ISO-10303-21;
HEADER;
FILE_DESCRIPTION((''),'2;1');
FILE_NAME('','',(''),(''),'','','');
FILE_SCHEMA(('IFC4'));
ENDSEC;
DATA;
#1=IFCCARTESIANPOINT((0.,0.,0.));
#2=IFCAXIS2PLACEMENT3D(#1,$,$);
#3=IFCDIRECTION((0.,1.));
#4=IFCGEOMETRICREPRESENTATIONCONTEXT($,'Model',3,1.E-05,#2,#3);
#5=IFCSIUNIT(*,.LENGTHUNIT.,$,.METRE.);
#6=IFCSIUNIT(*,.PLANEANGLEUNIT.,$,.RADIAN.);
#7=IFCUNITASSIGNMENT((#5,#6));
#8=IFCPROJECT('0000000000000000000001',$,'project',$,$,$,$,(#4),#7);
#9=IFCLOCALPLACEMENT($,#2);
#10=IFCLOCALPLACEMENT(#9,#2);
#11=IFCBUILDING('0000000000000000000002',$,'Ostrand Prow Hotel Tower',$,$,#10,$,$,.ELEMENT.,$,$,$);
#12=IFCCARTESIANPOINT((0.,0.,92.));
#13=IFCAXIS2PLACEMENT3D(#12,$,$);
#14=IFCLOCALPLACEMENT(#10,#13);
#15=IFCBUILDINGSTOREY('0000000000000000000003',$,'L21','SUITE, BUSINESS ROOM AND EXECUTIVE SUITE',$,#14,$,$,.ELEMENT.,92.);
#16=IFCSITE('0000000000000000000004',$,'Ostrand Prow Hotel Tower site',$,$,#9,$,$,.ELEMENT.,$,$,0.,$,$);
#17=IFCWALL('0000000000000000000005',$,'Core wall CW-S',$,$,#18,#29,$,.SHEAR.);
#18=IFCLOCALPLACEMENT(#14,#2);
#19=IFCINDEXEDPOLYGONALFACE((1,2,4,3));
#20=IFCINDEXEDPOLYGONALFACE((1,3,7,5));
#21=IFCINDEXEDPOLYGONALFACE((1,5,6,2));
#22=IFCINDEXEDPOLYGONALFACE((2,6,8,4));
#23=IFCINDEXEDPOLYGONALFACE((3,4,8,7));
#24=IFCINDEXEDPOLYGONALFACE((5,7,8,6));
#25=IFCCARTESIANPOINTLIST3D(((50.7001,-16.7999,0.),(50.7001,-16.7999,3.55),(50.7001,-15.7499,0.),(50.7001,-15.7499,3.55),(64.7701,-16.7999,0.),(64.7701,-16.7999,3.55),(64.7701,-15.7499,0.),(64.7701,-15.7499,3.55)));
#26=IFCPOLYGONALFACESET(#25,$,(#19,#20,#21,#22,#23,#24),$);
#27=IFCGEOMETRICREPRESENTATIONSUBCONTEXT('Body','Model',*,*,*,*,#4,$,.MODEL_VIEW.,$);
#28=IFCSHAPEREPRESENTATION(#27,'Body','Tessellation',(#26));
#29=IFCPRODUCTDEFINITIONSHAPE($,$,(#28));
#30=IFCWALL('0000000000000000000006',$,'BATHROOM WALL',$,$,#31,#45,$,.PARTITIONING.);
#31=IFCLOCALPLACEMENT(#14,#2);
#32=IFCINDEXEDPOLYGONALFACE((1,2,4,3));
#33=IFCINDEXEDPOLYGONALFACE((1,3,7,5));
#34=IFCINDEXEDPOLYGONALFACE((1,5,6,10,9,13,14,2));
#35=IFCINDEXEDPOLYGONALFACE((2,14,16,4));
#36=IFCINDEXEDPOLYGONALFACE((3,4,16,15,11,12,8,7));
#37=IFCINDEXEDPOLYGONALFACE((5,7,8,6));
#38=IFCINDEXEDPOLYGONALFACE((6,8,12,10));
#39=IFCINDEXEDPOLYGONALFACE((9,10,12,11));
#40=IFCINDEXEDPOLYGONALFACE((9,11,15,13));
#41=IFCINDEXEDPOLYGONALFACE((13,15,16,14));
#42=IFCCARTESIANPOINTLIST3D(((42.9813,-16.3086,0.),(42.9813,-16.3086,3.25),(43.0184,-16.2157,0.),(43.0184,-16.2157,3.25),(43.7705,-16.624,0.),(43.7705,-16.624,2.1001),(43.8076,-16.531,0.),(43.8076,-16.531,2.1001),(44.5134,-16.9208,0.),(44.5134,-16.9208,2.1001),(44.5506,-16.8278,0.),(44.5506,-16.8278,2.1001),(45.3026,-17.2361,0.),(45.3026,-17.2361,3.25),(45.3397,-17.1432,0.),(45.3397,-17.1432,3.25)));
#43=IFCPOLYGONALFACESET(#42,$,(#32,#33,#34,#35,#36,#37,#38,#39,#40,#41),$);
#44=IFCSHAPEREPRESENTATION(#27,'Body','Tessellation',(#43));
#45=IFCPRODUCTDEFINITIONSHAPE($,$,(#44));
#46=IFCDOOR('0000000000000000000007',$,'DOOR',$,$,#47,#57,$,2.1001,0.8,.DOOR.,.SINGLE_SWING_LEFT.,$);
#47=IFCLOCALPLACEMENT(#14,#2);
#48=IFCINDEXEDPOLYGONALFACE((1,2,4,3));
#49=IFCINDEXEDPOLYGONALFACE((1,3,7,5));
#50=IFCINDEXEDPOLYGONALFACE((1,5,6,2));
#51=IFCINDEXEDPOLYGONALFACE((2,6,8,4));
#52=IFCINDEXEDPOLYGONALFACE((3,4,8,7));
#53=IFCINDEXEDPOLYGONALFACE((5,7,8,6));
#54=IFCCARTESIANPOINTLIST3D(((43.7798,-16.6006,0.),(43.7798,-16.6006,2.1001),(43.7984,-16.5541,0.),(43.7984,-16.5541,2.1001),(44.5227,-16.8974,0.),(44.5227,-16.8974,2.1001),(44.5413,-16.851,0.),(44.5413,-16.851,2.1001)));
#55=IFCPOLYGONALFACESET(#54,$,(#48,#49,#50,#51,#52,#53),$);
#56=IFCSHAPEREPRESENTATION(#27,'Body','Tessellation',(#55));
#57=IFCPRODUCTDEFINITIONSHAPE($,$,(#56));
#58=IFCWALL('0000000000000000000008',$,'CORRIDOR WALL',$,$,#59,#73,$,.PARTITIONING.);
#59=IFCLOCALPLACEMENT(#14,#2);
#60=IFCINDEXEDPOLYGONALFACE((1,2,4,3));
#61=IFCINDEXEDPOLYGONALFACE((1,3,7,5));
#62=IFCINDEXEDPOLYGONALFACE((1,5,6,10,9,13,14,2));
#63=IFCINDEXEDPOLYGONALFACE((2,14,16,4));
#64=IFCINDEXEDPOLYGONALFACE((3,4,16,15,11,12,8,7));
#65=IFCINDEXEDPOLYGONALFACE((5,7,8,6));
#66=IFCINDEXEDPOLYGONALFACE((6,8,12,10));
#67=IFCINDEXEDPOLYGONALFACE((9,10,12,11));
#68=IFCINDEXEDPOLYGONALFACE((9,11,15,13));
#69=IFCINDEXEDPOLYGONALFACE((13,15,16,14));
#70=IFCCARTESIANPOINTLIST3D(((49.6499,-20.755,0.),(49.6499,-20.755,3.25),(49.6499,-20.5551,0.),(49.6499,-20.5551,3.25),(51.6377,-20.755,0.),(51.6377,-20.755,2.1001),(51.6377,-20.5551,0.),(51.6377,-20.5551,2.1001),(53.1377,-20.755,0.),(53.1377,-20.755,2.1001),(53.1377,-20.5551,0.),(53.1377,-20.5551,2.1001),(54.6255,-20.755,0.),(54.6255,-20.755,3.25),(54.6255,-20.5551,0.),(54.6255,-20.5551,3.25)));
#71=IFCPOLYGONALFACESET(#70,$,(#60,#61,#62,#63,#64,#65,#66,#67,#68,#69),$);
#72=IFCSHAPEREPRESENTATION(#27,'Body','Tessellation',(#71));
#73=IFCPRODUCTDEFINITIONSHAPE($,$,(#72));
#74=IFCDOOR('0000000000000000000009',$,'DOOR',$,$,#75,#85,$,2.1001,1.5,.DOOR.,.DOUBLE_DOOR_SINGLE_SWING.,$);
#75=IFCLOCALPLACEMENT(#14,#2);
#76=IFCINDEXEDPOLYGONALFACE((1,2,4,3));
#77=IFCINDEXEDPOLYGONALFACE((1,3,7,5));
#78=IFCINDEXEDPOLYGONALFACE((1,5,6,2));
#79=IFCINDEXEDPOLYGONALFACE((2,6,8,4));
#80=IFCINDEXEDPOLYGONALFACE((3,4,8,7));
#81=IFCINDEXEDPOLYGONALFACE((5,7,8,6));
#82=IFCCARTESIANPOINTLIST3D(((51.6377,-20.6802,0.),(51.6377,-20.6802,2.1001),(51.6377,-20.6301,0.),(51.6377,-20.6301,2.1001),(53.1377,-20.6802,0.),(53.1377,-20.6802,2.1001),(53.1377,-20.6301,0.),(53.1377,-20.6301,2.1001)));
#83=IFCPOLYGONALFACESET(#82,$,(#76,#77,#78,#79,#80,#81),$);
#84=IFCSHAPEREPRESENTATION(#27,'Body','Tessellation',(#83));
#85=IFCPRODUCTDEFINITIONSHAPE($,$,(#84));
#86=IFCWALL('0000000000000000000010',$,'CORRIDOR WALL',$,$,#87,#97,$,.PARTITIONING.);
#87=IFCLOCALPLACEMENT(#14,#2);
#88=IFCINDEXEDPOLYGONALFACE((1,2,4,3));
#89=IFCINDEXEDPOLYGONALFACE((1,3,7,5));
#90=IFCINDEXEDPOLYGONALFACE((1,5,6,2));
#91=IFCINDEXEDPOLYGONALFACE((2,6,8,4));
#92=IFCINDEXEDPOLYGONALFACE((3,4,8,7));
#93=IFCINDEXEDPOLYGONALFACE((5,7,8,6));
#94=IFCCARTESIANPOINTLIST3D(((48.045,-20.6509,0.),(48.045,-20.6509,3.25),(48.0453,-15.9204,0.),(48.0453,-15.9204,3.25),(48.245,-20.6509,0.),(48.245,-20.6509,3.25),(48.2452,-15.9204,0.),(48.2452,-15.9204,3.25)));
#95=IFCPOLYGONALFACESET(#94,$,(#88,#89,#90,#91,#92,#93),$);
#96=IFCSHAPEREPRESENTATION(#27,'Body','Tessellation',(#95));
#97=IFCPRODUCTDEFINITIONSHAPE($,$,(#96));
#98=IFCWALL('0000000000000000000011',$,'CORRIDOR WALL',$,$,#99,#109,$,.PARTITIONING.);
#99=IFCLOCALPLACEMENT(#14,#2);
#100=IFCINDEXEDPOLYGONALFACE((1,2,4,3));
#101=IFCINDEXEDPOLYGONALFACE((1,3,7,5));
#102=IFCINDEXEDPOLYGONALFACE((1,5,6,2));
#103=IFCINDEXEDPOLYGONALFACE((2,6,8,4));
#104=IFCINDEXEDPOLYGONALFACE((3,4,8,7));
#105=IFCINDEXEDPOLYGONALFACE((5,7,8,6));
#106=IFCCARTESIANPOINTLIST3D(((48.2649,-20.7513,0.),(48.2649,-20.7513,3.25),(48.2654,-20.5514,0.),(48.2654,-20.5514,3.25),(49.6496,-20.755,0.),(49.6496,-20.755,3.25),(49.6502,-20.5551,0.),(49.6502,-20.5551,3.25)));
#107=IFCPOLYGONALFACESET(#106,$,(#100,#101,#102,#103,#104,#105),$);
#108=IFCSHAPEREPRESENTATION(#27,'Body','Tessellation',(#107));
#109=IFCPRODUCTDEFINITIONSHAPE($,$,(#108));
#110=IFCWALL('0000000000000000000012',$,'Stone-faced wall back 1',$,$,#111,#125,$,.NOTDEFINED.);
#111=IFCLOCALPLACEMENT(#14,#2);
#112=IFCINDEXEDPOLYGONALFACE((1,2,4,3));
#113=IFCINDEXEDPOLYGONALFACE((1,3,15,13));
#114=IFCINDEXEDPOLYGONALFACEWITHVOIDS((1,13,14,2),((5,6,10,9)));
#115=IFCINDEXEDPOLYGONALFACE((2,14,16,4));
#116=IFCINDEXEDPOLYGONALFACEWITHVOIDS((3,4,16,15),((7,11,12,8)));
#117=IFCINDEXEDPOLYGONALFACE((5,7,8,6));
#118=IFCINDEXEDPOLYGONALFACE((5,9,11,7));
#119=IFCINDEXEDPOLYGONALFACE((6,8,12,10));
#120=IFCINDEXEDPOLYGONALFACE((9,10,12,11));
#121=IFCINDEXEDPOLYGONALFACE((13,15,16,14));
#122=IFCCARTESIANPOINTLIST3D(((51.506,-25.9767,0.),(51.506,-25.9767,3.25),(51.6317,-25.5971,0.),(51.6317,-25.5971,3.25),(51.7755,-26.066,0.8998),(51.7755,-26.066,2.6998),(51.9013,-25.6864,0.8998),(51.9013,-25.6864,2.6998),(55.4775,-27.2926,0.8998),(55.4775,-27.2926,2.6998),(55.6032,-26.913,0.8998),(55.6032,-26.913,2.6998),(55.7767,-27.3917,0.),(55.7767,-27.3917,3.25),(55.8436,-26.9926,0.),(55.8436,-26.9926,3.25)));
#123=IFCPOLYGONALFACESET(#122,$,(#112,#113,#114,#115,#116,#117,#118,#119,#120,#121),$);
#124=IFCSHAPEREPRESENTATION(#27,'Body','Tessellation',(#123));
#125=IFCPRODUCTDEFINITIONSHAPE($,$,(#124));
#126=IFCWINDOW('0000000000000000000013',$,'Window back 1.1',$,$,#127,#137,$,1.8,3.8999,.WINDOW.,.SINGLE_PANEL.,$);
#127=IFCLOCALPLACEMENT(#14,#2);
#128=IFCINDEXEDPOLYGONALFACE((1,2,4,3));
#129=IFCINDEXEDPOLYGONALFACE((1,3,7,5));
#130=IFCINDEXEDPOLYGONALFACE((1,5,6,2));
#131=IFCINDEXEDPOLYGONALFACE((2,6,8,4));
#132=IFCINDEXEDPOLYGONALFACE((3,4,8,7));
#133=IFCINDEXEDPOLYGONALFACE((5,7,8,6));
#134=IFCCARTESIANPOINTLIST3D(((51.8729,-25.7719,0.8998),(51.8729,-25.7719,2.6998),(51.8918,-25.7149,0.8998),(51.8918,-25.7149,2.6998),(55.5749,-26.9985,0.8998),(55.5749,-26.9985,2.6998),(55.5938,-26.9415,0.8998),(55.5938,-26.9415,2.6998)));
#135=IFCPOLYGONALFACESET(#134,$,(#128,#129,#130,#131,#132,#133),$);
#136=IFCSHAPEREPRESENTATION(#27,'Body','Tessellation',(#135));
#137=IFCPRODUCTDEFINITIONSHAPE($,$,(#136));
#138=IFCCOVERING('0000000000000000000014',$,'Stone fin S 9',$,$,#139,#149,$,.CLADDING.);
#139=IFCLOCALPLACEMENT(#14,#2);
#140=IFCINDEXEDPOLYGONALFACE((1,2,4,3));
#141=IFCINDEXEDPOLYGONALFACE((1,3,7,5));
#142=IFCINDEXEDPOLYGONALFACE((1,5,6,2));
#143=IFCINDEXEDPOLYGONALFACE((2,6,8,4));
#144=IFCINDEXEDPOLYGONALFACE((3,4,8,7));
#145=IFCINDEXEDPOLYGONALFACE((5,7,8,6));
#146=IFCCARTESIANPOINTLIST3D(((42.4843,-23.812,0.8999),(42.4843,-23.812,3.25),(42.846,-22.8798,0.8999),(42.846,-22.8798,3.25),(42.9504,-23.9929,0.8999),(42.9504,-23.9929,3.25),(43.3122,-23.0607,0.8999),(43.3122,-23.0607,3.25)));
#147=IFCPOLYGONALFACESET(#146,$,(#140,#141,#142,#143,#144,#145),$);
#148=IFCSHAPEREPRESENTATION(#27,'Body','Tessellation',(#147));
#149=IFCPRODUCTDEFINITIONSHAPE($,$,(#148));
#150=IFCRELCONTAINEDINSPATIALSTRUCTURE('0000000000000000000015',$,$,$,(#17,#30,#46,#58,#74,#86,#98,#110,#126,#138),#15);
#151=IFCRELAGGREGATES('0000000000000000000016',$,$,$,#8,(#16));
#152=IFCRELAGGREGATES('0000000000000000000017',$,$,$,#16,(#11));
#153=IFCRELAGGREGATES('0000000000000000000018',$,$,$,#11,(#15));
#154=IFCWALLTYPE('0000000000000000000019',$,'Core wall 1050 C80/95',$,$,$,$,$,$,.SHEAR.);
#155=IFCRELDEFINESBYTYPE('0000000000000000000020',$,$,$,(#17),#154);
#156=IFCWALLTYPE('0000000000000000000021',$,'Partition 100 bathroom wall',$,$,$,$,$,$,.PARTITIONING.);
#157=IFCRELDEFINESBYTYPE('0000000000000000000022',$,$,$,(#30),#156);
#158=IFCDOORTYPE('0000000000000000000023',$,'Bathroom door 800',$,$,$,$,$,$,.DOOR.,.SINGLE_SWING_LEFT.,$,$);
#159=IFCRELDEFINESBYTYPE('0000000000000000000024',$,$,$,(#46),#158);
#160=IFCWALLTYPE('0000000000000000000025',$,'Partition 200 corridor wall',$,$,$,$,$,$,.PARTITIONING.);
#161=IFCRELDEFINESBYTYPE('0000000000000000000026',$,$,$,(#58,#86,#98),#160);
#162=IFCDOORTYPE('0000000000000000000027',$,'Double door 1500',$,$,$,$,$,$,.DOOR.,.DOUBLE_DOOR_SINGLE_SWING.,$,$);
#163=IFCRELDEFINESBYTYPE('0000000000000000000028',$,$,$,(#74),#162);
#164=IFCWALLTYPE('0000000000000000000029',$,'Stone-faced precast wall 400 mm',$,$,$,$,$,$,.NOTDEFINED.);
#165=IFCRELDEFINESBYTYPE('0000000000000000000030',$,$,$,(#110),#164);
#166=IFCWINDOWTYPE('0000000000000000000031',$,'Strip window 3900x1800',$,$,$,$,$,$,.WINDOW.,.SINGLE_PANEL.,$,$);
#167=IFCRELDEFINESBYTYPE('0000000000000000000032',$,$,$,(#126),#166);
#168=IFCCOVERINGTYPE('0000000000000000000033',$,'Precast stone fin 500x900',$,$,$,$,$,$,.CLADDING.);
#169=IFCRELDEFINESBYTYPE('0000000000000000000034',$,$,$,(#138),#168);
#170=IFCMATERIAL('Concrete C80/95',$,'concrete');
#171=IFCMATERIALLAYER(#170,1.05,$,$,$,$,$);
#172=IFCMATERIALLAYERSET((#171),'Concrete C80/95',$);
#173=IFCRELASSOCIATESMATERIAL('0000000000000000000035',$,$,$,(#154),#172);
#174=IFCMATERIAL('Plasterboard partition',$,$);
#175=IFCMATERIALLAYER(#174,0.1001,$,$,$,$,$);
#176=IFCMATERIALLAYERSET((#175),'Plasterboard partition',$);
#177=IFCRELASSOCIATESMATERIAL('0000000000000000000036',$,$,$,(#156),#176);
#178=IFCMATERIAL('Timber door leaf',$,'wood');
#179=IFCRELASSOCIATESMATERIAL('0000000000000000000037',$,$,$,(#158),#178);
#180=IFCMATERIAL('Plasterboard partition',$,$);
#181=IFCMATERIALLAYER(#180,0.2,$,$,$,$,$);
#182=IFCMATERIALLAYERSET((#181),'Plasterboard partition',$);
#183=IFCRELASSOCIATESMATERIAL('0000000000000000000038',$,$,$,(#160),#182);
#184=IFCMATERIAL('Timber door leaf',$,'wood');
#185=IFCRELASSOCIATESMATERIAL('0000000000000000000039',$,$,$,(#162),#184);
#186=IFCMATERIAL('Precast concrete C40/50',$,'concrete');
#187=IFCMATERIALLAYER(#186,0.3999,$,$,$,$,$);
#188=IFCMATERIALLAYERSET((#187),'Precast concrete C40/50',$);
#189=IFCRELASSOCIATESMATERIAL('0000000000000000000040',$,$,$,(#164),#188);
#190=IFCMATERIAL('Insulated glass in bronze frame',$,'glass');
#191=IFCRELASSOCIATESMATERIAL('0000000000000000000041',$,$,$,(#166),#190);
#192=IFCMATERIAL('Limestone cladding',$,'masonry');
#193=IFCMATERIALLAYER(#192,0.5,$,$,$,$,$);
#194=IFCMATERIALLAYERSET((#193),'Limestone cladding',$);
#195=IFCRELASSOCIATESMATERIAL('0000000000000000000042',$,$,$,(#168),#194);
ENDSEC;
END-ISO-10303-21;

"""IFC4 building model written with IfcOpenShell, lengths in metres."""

from ifc_helpers import new_model, si_unit, direction, frame, frame_2d, origin, place, context, subcontext, project, spatial, polyline, rectangle, outline, extrude, material, layer, layer_set, type_object, element, fill, save


model = new_model("IFC4")

# Units and contexts
model_context = context("Model", 3, precision=1e-05, world=origin(), true_north=direction((0.0, 1.0)))
body_context = subcontext(model_context, "Body", "Model", "MODEL_VIEW")
ifc_project = project(units=[si_unit("LENGTHUNIT", "METRE"), si_unit("PLANEANGLEUNIT", "RADIAN")], contexts=[model_context])

# Site, building, storey
site_placement = place(None, origin())
site = spatial("IfcSite", under=ifc_project, at=site_placement, Name="Ostrand Prow Hotel Tower site", CompositionType="ELEMENT", RefElevation=0.0)
building_placement = place(site_placement, origin())
building = spatial("IfcBuilding", under=site, at=building_placement, Name="Ostrand Prow Hotel Tower", CompositionType="ELEMENT")
storey_placement = place(building_placement, frame((0.0, 0.0, 92.0)))
storey = spatial("IfcBuildingStorey", under=building, at=storey_placement, Name="L21", Description="SUITE, BUSINESS ROOM AND EXECUTIVE SUITE", CompositionType="ELEMENT", Elevation=92.0)

# Shared definitions
ifc_material_1 = material(Name="Concrete C80/95", Category="concrete")
ifc_layer_1 = layer(ifc_material_1, 1.05)
ifc_layer_set_1 = layer_set([ifc_layer_1], Name="Concrete C80/95")
wall_type_1 = type_object("IfcWallType", Name="Core wall 1050 C80/95", PredefinedType="SHEAR", material=ifc_layer_set_1)

# Wall
wall_1_placement = place(storey_placement, frame((50.7, -16.2749, 0.0), z_axis=(0.0, 0.0, 1.0), x_axis=(1.0, 0.0, 0.0)))
element("IfcWall", 1, at=wall_1_placement, inside=storey, type_object=wall_type_1, Name="Core wall CW-S", PredefinedType="SHEAR", context=body_context, shape_type="SweptSolid", body=[
    extrude(rectangle(XDim=14.0701, YDim=1.05, at=frame_2d((7.0352, 0.0))), origin(), (0.0, 0.0, 1.0), 3.55),
])

# Walls, openings, doors
ifc_material_2 = material(Name="Plasterboard partition")
ifc_layer_2 = layer(ifc_material_2, 0.1001)
ifc_layer_set_2 = layer_set([ifc_layer_2], Name="Plasterboard partition")
wall_type_2 = type_object("IfcWallType", Name="Partition 100 bathroom wall", PredefinedType="PARTITIONING", material=ifc_layer_set_2)
wall_2_placement = place(storey_placement, frame((45.3213, -17.1897, 0.0), z_axis=(0.0, 0.0, 1.0), x_axis=(-0.928618, 0.371037, 0.0)))
wall_2 = element("IfcWall", 2, at=wall_2_placement, inside=storey, type_object=wall_type_2, Name="BATHROOM WALL", PredefinedType="PARTITIONING", context=body_context, shape_type="SweptSolid", body=[
    extrude(rectangle(XDim=2.4998, YDim=0.1001, at=frame_2d((1.25, 0.0))), origin(), (0.0, 0.0, 1.0), 3.25),
])
opening_1_placement = place(wall_2_placement, frame((0.8501, 0.0, 0.0)))
opening_1 = element("IfcOpeningElement", 3, at=opening_1_placement, cuts=wall_2, PredefinedType="OPENING", context=body_context, shape_type="SweptSolid", body=[
    extrude(rectangle(XDim=0.8, YDim=2.1001, at=frame_2d((0.3999, 1.05))), frame((0.0, 0.0601, 0.0), z_axis=(0.0, -1.0, 0.0), x_axis=(1.0, 0.0, 0.0)), (0.0, 0.0, 1.0), 0.1201),
])
ifc_material_3 = material(Name="Timber door leaf", Category="wood")
door_type_1 = type_object("IfcDoorType", Name="Bathroom door 800", OperationType="SINGLE_SWING_LEFT", PredefinedType="DOOR", material=ifc_material_3)
door_1_placement = place(opening_1_placement, origin())
door_1 = element("IfcDoor", 4, at=door_1_placement, inside=storey, type_object=door_type_1, Name="DOOR", OperationType="SINGLE_SWING_LEFT", OverallHeight=2.1001, OverallWidth=0.8, PredefinedType="DOOR", context=body_context, shape_type="SweptSolid", body=[
    extrude(rectangle(XDim=0.8, YDim=2.1001, at=frame_2d((0.3999, 1.05))), frame((0.0, 0.0249, 0.0), z_axis=(0.0, -1.0, 0.0), x_axis=(1.0, 0.0, 0.0)), (0.0, 0.0, 1.0), 0.05),
])
fill(opening_1, door_1)
ifc_material_4 = material(Name="Plasterboard partition")
ifc_layer_3 = layer(ifc_material_4, 0.2)
ifc_layer_set_3 = layer_set([ifc_layer_3], Name="Plasterboard partition")
wall_type_3 = type_object("IfcWallType", Name="Partition 200 corridor wall", PredefinedType="PARTITIONING", material=ifc_layer_set_3)
wall_3_placement = place(storey_placement, frame((49.6499, -20.655, 0.0), z_axis=(0.0, 0.0, 1.0), x_axis=(1.0, 0.0, 0.0)))
wall_3 = element("IfcWall", 5, at=wall_3_placement, inside=storey, type_object=wall_type_3, Name="CORRIDOR WALL", PredefinedType="PARTITIONING", context=body_context, shape_type="SweptSolid", body=[
    extrude(rectangle(XDim=4.9756, YDim=0.2, at=frame_2d((2.4878, 0.0))), origin(), (0.0, 0.0, 1.0), 3.25),
])
opening_2_placement = place(wall_3_placement, frame((1.9878, 0.0, 0.0)))
opening_2 = element("IfcOpeningElement", 6, at=opening_2_placement, cuts=wall_3, PredefinedType="OPENING", context=body_context, shape_type="SweptSolid", body=[
    extrude(rectangle(XDim=1.5, YDim=2.1001, at=frame_2d((0.75, 1.05))), frame((0.0, 0.1099, 0.0), z_axis=(0.0, -1.0, 0.0), x_axis=(1.0, 0.0, 0.0)), (0.0, 0.0, 1.0), 0.22),
])
ifc_material_5 = material(Name="Timber door leaf", Category="wood")
door_type_2 = type_object("IfcDoorType", Name="Double door 1500", OperationType="DOUBLE_DOOR_SINGLE_SWING", PredefinedType="DOOR", material=ifc_material_5)
door_2_placement = place(opening_2_placement, origin())
door_2 = element("IfcDoor", 7, at=door_2_placement, inside=storey, type_object=door_type_2, Name="DOOR", OperationType="DOUBLE_DOOR_SINGLE_SWING", OverallHeight=2.1001, OverallWidth=1.5, PredefinedType="DOOR", context=body_context, shape_type="SweptSolid", body=[
    extrude(rectangle(XDim=1.5, YDim=2.1001, at=frame_2d((0.75, 1.05))), frame((0.0, 0.0249, 0.0), z_axis=(0.0, -1.0, 0.0), x_axis=(1.0, 0.0, 0.0)), (0.0, 0.0, 1.0), 0.05),
])
fill(opening_2, door_2)

# Walls
wall_4_placement = place(storey_placement, frame((48.1453, -15.9204, 0.0), z_axis=(0.0, 0.0, 1.0), x_axis=(-0.000052, -1.0, 0.0)))
element("IfcWall", 8, at=wall_4_placement, inside=storey, type_object=wall_type_3, Name="CORRIDOR WALL", PredefinedType="PARTITIONING", context=body_context, shape_type="SweptSolid", body=[
    extrude(rectangle(XDim=4.7305, YDim=0.2, at=frame_2d((2.3652, 0.0))), origin(), (0.0, 0.0, 1.0), 3.25),
])
wall_5_placement = place(storey_placement, frame((48.2651, -20.6514, 0.0), z_axis=(0.0, 0.0, 1.0), x_axis=(0.999997, -0.002645, 0.0)))
element("IfcWall", 9, at=wall_5_placement, inside=storey, type_object=wall_type_3, Name="CORRIDOR WALL", PredefinedType="PARTITIONING", context=body_context, shape_type="SweptSolid", body=[
    extrude(rectangle(XDim=1.3848, YDim=0.2, at=frame_2d((0.6924, 0.0))), origin(), (0.0, 0.0, 1.0), 3.25),
])

# Wall, opening, window
ifc_material_6 = material(Name="Precast concrete C40/50", Category="concrete")
ifc_layer_4 = layer(ifc_material_6, 0.3999)
ifc_layer_set_4 = layer_set([ifc_layer_4], Name="Precast concrete C40/50")
wall_type_4 = type_object("IfcWallType", Name="Stone-faced precast wall 400 mm", PredefinedType="NOTDEFINED", material=ifc_layer_set_4)
wall_6_placement = place(storey_placement, frame((51.5688, -25.7869, 0.0), z_axis=(0.0, 0.0, 1.0), x_axis=(0.94925, -0.314522, 0.0)))
wall_6 = element("IfcWall", 10, at=wall_6_placement, inside=storey, type_object=wall_type_4, Name="Stone-faced wall back 1", PredefinedType="NOTDEFINED", context=body_context, shape_type="SweptSolid", body=[
    extrude(outline(polyline([(0.0, -0.2), (4.499, -0.2), (4.437, 0.2), (0.0, 0.2), (0.0, -0.2)])), origin(), (0.0, 0.0, 1.0), 3.25),
])
opening_3_placement = place(wall_6_placement, frame((0.2839, 0.0, 0.8999)))
opening_3 = element("IfcOpeningElement", 11, at=opening_3_placement, cuts=wall_6, PredefinedType="OPENING", context=body_context, shape_type="SweptSolid", body=[
    extrude(rectangle(XDim=3.8999, YDim=1.8, at=frame_2d((1.95, 0.8999))), frame((0.0, 0.21, 0.0), z_axis=(0.0, -1.0, 0.0), x_axis=(1.0, 0.0, 0.0)), (0.0, 0.0, 1.0), 0.4199),
])
ifc_material_7 = material(Name="Insulated glass in bronze frame", Category="glass")
window_type = type_object("IfcWindowType", Name="Strip window 3900x1800", PartitioningType="SINGLE_PANEL", PredefinedType="WINDOW", material=ifc_material_7)
window_placement = place(opening_3_placement, origin())
window = element("IfcWindow", 12, at=window_placement, inside=storey, type_object=window_type, Name="Window back 1.1", OverallHeight=1.8, OverallWidth=3.8999, PartitioningType="SINGLE_PANEL", PredefinedType="WINDOW", context=body_context, shape_type="SweptSolid", body=[
    extrude(rectangle(XDim=3.8999, YDim=1.8, at=frame_2d((1.95, 0.8999))), frame((0.0, 0.1699, 0.0), z_axis=(0.0, -1.0, 0.0), x_axis=(1.0, 0.0, 0.0)), (0.0, 0.0, 1.0), 0.0601),
])
fill(opening_3, window)

# Covering
ifc_material_8 = material(Name="Limestone cladding", Category="masonry")
ifc_layer_5 = layer(ifc_material_8, 0.5)
ifc_layer_set_5 = layer_set([ifc_layer_5], Name="Limestone cladding")
covering_type = type_object("IfcCoveringType", Name="Precast stone fin 500x900", PredefinedType="CLADDING", material=ifc_layer_set_5)
covering_placement = place(storey_placement, frame((43.0791, -22.9702, 0.8999), z_axis=(0.0, 0.0, 1.0), x_axis=(-0.361775, -0.932266, 0.0)))
element("IfcCovering", 13, at=covering_placement, inside=storey, type_object=covering_type, Name="Stone fin S 9", PredefinedType="CLADDING", context=body_context, shape_type="SweptSolid", body=[
    extrude(rectangle(XDim=1.0, YDim=0.5, at=frame_2d((0.5, 0.0))), origin(), (0.0, 0.0, 1.0), 2.3501),
])

save(model, "model.ifc")
